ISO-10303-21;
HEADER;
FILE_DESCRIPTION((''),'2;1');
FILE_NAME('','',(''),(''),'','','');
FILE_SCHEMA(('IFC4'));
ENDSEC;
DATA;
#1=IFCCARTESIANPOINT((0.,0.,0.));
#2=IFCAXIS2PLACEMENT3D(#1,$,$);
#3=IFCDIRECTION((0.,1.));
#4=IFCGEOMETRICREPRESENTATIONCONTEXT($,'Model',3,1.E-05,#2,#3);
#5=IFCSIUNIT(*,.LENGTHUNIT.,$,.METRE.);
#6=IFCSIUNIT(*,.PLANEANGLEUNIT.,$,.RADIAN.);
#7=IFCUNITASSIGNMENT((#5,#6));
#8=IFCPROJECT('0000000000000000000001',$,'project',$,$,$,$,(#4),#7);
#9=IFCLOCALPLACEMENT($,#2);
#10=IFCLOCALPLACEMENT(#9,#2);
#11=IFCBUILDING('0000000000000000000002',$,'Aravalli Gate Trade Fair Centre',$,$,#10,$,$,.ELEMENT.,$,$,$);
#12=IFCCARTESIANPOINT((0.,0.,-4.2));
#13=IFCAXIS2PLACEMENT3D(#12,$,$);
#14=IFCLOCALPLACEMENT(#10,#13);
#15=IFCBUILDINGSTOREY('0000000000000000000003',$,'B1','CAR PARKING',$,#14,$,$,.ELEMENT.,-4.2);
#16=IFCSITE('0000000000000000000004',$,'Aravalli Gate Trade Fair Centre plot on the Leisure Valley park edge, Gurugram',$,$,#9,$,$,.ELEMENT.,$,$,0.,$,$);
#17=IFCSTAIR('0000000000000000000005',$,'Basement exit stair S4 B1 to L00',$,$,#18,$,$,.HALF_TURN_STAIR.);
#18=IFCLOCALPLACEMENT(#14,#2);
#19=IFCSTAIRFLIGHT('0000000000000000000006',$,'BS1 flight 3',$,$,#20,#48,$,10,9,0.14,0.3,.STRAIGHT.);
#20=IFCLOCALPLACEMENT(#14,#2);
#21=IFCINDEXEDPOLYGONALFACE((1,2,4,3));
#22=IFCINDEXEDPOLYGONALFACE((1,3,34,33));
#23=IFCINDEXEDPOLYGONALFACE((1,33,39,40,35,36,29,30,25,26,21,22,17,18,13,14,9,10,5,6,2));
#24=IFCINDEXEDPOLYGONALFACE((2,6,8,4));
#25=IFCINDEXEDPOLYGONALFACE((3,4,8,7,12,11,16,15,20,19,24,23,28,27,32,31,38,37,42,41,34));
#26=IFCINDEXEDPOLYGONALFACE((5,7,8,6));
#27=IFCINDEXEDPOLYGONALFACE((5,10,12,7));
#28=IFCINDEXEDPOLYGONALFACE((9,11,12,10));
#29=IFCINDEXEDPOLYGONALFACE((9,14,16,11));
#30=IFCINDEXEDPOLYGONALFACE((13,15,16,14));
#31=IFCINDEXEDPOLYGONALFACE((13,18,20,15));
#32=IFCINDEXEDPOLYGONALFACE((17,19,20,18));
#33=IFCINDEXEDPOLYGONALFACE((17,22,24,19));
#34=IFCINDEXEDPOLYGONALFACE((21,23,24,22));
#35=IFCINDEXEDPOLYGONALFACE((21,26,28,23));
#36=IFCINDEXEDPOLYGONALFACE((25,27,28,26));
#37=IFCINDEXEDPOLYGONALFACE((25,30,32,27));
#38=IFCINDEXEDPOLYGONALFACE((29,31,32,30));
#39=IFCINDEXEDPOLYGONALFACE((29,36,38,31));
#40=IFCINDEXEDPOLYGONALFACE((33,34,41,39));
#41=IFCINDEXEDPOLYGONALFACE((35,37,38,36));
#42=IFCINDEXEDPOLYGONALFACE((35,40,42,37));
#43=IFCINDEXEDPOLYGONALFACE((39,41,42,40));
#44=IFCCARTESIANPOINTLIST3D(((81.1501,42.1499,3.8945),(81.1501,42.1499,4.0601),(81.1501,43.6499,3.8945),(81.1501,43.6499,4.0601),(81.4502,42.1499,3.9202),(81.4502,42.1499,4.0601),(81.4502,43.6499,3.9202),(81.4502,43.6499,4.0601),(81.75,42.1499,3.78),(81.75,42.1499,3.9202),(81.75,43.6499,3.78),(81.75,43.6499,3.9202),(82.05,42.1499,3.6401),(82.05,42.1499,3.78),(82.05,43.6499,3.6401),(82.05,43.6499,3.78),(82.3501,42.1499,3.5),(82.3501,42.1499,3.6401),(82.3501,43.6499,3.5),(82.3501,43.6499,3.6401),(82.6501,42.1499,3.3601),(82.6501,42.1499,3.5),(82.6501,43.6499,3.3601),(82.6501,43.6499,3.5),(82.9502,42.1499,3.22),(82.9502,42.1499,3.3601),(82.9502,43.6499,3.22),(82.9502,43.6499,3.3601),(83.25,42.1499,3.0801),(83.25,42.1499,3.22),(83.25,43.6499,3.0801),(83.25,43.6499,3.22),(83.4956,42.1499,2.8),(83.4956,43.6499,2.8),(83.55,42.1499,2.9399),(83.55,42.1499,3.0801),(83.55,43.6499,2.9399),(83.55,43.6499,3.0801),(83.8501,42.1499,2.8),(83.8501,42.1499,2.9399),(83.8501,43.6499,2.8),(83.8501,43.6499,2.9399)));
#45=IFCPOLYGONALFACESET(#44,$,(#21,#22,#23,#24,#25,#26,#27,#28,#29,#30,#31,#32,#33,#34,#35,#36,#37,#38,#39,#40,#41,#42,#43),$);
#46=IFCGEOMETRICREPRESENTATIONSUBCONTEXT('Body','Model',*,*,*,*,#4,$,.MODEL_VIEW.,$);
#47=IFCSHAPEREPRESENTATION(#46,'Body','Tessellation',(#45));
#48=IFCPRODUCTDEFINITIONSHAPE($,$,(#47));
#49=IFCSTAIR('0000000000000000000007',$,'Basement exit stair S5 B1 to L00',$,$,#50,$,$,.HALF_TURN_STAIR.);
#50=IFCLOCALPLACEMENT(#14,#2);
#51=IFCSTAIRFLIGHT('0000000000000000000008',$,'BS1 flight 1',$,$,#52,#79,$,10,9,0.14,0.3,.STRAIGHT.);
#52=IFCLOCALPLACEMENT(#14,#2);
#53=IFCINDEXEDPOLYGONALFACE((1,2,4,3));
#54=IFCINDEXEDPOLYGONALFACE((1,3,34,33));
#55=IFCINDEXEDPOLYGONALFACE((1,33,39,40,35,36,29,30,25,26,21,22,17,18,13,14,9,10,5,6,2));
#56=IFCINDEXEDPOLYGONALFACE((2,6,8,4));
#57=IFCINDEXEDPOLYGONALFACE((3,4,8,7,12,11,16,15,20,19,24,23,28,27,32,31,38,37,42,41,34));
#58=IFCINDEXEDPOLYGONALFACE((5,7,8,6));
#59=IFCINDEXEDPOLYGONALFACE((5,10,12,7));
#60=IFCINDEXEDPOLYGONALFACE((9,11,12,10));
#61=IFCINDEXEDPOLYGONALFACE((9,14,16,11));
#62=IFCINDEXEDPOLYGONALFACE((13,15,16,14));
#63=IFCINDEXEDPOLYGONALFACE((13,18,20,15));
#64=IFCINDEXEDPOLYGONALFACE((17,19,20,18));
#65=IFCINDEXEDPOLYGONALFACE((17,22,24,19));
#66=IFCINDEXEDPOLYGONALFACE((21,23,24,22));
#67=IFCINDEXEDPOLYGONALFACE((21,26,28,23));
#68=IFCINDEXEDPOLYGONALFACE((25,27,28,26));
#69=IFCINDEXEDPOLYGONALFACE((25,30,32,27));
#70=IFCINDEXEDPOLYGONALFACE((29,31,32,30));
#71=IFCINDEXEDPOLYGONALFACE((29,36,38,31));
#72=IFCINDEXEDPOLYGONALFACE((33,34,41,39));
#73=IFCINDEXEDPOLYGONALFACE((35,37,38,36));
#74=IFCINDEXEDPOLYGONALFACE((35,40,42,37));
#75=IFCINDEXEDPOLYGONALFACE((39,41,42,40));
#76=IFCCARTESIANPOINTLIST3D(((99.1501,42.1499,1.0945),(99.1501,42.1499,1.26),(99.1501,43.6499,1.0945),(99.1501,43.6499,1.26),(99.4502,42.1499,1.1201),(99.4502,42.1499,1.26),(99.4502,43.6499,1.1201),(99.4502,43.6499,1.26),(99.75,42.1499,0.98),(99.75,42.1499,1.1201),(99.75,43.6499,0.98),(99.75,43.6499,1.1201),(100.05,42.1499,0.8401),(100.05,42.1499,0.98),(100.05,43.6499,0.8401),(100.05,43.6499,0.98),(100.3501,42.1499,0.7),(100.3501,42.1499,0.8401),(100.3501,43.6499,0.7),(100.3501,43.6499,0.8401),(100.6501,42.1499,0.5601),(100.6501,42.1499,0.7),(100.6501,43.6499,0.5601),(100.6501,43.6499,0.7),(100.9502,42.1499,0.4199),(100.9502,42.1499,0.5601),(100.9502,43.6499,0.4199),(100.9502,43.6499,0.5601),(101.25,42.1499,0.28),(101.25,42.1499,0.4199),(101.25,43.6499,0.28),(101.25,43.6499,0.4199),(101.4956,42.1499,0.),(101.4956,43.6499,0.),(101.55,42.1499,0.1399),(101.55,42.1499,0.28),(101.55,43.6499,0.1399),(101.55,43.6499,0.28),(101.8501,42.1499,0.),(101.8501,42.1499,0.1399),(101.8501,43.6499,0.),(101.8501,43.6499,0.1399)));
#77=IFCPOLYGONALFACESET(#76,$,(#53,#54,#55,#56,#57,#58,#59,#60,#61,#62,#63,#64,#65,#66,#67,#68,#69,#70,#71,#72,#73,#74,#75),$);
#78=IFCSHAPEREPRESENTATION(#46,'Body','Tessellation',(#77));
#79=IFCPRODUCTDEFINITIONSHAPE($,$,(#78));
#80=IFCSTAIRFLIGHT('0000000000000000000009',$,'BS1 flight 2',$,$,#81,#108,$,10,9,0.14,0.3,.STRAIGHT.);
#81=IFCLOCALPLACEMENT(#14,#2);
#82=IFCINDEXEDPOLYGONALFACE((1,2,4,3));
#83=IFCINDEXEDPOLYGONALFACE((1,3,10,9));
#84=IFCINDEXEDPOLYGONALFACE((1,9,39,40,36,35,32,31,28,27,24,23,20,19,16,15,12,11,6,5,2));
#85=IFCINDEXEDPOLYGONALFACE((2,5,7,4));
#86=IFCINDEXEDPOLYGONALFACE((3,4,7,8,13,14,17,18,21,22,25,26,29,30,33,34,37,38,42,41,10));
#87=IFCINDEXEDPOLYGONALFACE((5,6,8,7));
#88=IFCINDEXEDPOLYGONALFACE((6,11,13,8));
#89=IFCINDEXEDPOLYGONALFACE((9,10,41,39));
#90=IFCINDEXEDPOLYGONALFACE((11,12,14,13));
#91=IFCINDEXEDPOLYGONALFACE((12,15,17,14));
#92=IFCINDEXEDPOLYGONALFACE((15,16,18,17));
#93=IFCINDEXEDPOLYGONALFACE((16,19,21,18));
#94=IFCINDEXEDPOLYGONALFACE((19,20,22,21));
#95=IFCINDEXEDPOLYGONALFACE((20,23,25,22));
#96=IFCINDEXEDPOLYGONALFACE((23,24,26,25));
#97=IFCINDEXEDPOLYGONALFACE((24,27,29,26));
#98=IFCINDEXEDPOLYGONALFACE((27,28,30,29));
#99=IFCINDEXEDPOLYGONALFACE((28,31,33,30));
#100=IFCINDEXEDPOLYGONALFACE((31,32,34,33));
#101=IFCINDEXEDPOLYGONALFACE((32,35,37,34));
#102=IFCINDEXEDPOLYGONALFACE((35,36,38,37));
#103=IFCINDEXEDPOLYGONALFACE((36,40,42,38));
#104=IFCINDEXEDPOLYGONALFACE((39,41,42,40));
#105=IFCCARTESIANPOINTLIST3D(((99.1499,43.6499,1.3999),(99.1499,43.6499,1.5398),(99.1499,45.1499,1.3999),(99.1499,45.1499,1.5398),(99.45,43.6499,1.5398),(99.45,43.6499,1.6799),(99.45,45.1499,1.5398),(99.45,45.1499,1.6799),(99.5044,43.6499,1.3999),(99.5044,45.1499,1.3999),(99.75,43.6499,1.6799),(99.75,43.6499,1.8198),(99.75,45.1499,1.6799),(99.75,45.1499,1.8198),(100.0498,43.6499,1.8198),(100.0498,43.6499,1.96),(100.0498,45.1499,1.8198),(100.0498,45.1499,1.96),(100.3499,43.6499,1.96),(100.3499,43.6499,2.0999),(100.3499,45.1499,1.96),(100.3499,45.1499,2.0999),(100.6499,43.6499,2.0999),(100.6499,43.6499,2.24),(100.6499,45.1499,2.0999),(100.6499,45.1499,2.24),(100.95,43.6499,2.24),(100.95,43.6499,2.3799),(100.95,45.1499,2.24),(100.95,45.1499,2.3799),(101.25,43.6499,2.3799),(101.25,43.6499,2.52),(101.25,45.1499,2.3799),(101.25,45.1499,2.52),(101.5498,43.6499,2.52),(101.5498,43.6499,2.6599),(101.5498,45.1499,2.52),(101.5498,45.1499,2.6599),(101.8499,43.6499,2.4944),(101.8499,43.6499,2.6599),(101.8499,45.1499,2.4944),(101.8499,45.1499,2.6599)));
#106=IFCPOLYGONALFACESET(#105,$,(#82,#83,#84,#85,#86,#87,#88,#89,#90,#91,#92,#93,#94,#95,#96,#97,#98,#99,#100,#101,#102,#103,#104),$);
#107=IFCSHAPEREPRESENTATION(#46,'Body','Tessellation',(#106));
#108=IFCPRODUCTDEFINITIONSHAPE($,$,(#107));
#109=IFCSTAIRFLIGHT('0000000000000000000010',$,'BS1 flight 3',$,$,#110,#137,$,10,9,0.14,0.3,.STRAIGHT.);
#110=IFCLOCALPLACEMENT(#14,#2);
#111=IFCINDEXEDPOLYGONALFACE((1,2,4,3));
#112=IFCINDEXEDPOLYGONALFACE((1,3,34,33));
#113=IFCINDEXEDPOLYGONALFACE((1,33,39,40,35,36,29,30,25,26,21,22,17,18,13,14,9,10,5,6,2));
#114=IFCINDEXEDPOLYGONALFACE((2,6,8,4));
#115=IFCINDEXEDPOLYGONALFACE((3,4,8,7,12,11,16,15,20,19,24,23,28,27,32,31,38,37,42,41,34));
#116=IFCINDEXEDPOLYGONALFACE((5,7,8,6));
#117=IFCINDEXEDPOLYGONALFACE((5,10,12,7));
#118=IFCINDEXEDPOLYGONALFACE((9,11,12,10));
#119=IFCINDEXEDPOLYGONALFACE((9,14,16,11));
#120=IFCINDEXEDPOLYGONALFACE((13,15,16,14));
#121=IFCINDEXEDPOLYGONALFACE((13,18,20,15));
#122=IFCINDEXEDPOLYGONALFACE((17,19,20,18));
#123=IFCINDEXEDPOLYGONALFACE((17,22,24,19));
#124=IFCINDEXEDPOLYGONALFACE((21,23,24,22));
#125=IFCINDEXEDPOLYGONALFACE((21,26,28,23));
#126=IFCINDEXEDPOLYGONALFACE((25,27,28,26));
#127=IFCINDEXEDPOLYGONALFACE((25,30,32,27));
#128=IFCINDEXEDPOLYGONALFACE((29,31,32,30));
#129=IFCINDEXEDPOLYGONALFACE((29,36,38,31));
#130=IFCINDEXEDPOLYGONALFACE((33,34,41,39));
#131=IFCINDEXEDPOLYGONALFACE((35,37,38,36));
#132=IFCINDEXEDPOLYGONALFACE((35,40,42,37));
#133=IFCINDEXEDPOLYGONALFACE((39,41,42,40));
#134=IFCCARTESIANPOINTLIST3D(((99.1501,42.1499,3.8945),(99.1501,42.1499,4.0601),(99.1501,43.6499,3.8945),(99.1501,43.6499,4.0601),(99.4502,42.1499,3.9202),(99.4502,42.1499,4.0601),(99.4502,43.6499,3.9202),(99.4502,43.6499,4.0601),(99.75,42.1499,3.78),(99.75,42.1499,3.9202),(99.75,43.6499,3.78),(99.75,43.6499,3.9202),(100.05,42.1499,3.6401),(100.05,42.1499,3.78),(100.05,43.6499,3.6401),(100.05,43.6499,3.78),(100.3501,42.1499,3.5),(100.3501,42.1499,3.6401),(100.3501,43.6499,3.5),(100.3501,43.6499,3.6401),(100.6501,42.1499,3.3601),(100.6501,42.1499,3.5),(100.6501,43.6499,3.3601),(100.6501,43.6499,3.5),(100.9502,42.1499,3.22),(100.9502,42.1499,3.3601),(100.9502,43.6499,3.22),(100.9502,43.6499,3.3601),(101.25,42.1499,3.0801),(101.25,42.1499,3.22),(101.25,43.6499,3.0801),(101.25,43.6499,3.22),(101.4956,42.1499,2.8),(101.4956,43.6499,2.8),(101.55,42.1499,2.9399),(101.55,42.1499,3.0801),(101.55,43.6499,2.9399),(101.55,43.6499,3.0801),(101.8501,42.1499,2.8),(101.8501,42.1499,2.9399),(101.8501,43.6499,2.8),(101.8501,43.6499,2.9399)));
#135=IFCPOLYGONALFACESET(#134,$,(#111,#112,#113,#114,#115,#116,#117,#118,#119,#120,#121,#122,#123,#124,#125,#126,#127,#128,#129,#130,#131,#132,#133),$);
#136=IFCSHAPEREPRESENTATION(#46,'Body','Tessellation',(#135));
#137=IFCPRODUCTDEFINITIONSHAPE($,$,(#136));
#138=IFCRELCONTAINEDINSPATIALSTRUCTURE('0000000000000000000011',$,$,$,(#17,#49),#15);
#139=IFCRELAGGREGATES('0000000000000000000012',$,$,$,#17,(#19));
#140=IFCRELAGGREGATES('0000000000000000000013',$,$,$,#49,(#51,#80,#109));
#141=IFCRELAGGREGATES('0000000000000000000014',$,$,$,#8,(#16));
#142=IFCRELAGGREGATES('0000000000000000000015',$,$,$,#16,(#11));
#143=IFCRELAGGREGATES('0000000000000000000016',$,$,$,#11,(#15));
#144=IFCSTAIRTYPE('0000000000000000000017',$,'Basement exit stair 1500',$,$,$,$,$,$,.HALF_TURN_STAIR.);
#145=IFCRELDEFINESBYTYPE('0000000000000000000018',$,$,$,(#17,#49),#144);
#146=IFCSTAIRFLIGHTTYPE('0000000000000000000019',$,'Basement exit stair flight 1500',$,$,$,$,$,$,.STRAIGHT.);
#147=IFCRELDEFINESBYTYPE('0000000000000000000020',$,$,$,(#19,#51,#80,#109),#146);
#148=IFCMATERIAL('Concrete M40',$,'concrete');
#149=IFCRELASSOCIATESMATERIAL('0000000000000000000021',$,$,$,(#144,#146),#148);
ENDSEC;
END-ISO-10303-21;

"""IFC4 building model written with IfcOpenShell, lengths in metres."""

from ifc_helpers import new_model, si_unit, direction, frame, origin, place, context, subcontext, project, spatial, polyline, outline, extrude, material, type_object, element, aggregate, save


model = new_model("IFC4")

# Units and contexts
model_context = context("Model", 3, precision=1e-05, world=origin(), true_north=direction((0.0, 1.0)))
body_context = subcontext(model_context, "Body", "Model", "MODEL_VIEW")
ifc_project = project(units=[si_unit("LENGTHUNIT", "METRE"), si_unit("PLANEANGLEUNIT", "RADIAN")], contexts=[model_context])

# Site, building, storey
site_placement = place(None, origin())
site = spatial("IfcSite", under=ifc_project, at=site_placement, Name="Aravalli Gate Trade Fair Centre plot on the Leisure Valley park edge, Gurugram", CompositionType="ELEMENT", RefElevation=0.0)
building_placement = place(site_placement, origin())
building = spatial("IfcBuilding", under=site, at=building_placement, Name="Aravalli Gate Trade Fair Centre", CompositionType="ELEMENT")
storey_placement = place(building_placement, frame((0.0, 0.0, -4.2)))
storey = spatial("IfcBuildingStorey", under=building, at=storey_placement, Name="B1", Description="CAR PARKING", CompositionType="ELEMENT", Elevation=-4.2)

# Shared definitions
ifc_material_1 = material(Name="Concrete M40", Category="concrete")

# Stairs, stair flights
stair_type = type_object("IfcStairType", Name="Basement exit stair 1500", PredefinedType="HALF_TURN_STAIR", material=ifc_material_1)
stair_1_placement = place(storey_placement, origin())
stair_1 = element("IfcStair", 1, at=stair_1_placement, inside=storey, type_object=stair_type, Name="Basement exit stair S4 B1 to L00", PredefinedType="HALF_TURN_STAIR")
stair_flight_type = type_object("IfcStairFlightType", Name="Basement exit stair flight 1500", PredefinedType="STRAIGHT", material=ifc_material_1)
stair_flight_1_placement = place(storey_placement, frame((83.8501, 42.8999, 2.8), z_axis=(0.0, 0.0, 1.0), x_axis=(-1.0, 0.0, 0.0)))
stair_flight_1 = element("IfcStairFlight", 2, at=stair_flight_1_placement, type_object=stair_flight_type, Name="BS1 flight 3", NumberOfRisers=10, NumberOfTreads=9, PredefinedType="STRAIGHT", RiserHeight=0.14, TreadLength=0.3, context=body_context, shape_type="SweptSolid", body=[
    extrude(outline(polyline([(0.0, 0.0), (0.0, 0.1399), (0.3, 0.1399), (0.3, 0.28), (0.6001, 0.28), (0.6001, 0.4199), (0.8999, 0.4199), (0.8999, 0.5601), (1.2, 0.5601), (1.2, 0.7), (1.5, 0.7), (1.5, 0.8401), (1.8, 0.8401), (1.8, 0.98), (2.1001, 0.98), (2.1001, 1.1201), (2.3999, 1.1201), (2.3999, 1.26), (2.7, 1.26), (2.7, 1.3999), (2.7, 1.0945), (0.3545, 0.0), (0.0, 0.0)])), frame((0.0, 0.75, 0.0), z_axis=(0.0, -1.0, 0.0), x_axis=(1.0, 0.0, 0.0)), (0.0, 0.0, 1.0), 1.5),
])
aggregate(stair_1, [stair_flight_1])
stair_2_placement = place(storey_placement, origin())
stair_2 = element("IfcStair", 3, at=stair_2_placement, inside=storey, type_object=stair_type, Name="Basement exit stair S5 B1 to L00", PredefinedType="HALF_TURN_STAIR")
stair_flight_2_placement = place(storey_placement, frame((101.8501, 42.8999, 0.0), z_axis=(0.0, 0.0, 1.0), x_axis=(-1.0, 0.0, 0.0)))
stair_flight_2 = element("IfcStairFlight", 4, at=stair_flight_2_placement, type_object=stair_flight_type, Name="BS1 flight 1", NumberOfRisers=10, NumberOfTreads=9, PredefinedType="STRAIGHT", RiserHeight=0.14, TreadLength=0.3, context=body_context, shape_type="SweptSolid", body=[
    extrude(outline(polyline([(0.0, 0.0), (0.0, 0.1399), (0.3, 0.1399), (0.3, 0.28), (0.6001, 0.28), (0.6001, 0.4199), (0.8999, 0.4199), (0.8999, 0.5601), (1.2, 0.5601), (1.2, 0.7), (1.5, 0.7), (1.5, 0.8401), (1.8, 0.8401), (1.8, 0.98), (2.1001, 0.98), (2.1001, 1.1201), (2.3999, 1.1201), (2.3999, 1.26), (2.7, 1.26), (2.7, 1.3999), (2.7, 1.0945), (0.3545, 0.0), (0.0, 0.0)])), frame((0.0, 0.75, 0.0), z_axis=(0.0, -1.0, 0.0), x_axis=(1.0, 0.0, 0.0)), (0.0, 0.0, 1.0), 1.5),
])
stair_flight_3_placement = place(storey_placement, frame((99.1499, 44.3999, 1.3999), z_axis=(0.0, 0.0, 1.0), x_axis=(1.0, 0.0, 0.0)))
stair_flight_3 = element("IfcStairFlight", 5, at=stair_flight_3_placement, type_object=stair_flight_type, Name="BS1 flight 2", NumberOfRisers=10, NumberOfTreads=9, PredefinedType="STRAIGHT", RiserHeight=0.14, TreadLength=0.3, context=body_context, shape_type="SweptSolid", body=[
    extrude(outline(polyline([(0.0, 0.0), (0.0, 0.1399), (0.3, 0.1399), (0.3, 0.28), (0.6001, 0.28), (0.6001, 0.4199), (0.8999, 0.4199), (0.8999, 0.5601), (1.2, 0.5601), (1.2, 0.7), (1.5, 0.7), (1.5, 0.8401), (1.8, 0.8401), (1.8, 0.98), (2.1001, 0.98), (2.1001, 1.1201), (2.3999, 1.1201), (2.3999, 1.26), (2.7, 1.26), (2.7, 1.3999), (2.7, 1.0945), (0.3545, 0.0), (0.0, 0.0)])), frame((0.0, 0.75, 0.0), z_axis=(0.0, -1.0, 0.0), x_axis=(1.0, 0.0, 0.0)), (0.0, 0.0, 1.0), 1.5),
])
stair_flight_4_placement = place(storey_placement, frame((101.8501, 42.8999, 2.8), z_axis=(0.0, 0.0, 1.0), x_axis=(-1.0, 0.0, 0.0)))
stair_flight_4 = element("IfcStairFlight", 6, at=stair_flight_4_placement, type_object=stair_flight_type, Name="BS1 flight 3", NumberOfRisers=10, NumberOfTreads=9, PredefinedType="STRAIGHT", RiserHeight=0.14, TreadLength=0.3, context=body_context, shape_type="SweptSolid", body=[
    extrude(outline(polyline([(0.0, 0.0), (0.0, 0.1399), (0.3, 0.1399), (0.3, 0.28), (0.6001, 0.28), (0.6001, 0.4199), (0.8999, 0.4199), (0.8999, 0.5601), (1.2, 0.5601), (1.2, 0.7), (1.5, 0.7), (1.5, 0.8401), (1.8, 0.8401), (1.8, 0.98), (2.1001, 0.98), (2.1001, 1.1201), (2.3999, 1.1201), (2.3999, 1.26), (2.7, 1.26), (2.7, 1.3999), (2.7, 1.0945), (0.3545, 0.0), (0.0, 0.0)])), frame((0.0, 0.75, 0.0), z_axis=(0.0, -1.0, 0.0), x_axis=(1.0, 0.0, 0.0)), (0.0, 0.0, 1.0), 1.5),
])
aggregate(stair_2, [stair_flight_2, stair_flight_3, stair_flight_4])

save(model, "model.ifc")
